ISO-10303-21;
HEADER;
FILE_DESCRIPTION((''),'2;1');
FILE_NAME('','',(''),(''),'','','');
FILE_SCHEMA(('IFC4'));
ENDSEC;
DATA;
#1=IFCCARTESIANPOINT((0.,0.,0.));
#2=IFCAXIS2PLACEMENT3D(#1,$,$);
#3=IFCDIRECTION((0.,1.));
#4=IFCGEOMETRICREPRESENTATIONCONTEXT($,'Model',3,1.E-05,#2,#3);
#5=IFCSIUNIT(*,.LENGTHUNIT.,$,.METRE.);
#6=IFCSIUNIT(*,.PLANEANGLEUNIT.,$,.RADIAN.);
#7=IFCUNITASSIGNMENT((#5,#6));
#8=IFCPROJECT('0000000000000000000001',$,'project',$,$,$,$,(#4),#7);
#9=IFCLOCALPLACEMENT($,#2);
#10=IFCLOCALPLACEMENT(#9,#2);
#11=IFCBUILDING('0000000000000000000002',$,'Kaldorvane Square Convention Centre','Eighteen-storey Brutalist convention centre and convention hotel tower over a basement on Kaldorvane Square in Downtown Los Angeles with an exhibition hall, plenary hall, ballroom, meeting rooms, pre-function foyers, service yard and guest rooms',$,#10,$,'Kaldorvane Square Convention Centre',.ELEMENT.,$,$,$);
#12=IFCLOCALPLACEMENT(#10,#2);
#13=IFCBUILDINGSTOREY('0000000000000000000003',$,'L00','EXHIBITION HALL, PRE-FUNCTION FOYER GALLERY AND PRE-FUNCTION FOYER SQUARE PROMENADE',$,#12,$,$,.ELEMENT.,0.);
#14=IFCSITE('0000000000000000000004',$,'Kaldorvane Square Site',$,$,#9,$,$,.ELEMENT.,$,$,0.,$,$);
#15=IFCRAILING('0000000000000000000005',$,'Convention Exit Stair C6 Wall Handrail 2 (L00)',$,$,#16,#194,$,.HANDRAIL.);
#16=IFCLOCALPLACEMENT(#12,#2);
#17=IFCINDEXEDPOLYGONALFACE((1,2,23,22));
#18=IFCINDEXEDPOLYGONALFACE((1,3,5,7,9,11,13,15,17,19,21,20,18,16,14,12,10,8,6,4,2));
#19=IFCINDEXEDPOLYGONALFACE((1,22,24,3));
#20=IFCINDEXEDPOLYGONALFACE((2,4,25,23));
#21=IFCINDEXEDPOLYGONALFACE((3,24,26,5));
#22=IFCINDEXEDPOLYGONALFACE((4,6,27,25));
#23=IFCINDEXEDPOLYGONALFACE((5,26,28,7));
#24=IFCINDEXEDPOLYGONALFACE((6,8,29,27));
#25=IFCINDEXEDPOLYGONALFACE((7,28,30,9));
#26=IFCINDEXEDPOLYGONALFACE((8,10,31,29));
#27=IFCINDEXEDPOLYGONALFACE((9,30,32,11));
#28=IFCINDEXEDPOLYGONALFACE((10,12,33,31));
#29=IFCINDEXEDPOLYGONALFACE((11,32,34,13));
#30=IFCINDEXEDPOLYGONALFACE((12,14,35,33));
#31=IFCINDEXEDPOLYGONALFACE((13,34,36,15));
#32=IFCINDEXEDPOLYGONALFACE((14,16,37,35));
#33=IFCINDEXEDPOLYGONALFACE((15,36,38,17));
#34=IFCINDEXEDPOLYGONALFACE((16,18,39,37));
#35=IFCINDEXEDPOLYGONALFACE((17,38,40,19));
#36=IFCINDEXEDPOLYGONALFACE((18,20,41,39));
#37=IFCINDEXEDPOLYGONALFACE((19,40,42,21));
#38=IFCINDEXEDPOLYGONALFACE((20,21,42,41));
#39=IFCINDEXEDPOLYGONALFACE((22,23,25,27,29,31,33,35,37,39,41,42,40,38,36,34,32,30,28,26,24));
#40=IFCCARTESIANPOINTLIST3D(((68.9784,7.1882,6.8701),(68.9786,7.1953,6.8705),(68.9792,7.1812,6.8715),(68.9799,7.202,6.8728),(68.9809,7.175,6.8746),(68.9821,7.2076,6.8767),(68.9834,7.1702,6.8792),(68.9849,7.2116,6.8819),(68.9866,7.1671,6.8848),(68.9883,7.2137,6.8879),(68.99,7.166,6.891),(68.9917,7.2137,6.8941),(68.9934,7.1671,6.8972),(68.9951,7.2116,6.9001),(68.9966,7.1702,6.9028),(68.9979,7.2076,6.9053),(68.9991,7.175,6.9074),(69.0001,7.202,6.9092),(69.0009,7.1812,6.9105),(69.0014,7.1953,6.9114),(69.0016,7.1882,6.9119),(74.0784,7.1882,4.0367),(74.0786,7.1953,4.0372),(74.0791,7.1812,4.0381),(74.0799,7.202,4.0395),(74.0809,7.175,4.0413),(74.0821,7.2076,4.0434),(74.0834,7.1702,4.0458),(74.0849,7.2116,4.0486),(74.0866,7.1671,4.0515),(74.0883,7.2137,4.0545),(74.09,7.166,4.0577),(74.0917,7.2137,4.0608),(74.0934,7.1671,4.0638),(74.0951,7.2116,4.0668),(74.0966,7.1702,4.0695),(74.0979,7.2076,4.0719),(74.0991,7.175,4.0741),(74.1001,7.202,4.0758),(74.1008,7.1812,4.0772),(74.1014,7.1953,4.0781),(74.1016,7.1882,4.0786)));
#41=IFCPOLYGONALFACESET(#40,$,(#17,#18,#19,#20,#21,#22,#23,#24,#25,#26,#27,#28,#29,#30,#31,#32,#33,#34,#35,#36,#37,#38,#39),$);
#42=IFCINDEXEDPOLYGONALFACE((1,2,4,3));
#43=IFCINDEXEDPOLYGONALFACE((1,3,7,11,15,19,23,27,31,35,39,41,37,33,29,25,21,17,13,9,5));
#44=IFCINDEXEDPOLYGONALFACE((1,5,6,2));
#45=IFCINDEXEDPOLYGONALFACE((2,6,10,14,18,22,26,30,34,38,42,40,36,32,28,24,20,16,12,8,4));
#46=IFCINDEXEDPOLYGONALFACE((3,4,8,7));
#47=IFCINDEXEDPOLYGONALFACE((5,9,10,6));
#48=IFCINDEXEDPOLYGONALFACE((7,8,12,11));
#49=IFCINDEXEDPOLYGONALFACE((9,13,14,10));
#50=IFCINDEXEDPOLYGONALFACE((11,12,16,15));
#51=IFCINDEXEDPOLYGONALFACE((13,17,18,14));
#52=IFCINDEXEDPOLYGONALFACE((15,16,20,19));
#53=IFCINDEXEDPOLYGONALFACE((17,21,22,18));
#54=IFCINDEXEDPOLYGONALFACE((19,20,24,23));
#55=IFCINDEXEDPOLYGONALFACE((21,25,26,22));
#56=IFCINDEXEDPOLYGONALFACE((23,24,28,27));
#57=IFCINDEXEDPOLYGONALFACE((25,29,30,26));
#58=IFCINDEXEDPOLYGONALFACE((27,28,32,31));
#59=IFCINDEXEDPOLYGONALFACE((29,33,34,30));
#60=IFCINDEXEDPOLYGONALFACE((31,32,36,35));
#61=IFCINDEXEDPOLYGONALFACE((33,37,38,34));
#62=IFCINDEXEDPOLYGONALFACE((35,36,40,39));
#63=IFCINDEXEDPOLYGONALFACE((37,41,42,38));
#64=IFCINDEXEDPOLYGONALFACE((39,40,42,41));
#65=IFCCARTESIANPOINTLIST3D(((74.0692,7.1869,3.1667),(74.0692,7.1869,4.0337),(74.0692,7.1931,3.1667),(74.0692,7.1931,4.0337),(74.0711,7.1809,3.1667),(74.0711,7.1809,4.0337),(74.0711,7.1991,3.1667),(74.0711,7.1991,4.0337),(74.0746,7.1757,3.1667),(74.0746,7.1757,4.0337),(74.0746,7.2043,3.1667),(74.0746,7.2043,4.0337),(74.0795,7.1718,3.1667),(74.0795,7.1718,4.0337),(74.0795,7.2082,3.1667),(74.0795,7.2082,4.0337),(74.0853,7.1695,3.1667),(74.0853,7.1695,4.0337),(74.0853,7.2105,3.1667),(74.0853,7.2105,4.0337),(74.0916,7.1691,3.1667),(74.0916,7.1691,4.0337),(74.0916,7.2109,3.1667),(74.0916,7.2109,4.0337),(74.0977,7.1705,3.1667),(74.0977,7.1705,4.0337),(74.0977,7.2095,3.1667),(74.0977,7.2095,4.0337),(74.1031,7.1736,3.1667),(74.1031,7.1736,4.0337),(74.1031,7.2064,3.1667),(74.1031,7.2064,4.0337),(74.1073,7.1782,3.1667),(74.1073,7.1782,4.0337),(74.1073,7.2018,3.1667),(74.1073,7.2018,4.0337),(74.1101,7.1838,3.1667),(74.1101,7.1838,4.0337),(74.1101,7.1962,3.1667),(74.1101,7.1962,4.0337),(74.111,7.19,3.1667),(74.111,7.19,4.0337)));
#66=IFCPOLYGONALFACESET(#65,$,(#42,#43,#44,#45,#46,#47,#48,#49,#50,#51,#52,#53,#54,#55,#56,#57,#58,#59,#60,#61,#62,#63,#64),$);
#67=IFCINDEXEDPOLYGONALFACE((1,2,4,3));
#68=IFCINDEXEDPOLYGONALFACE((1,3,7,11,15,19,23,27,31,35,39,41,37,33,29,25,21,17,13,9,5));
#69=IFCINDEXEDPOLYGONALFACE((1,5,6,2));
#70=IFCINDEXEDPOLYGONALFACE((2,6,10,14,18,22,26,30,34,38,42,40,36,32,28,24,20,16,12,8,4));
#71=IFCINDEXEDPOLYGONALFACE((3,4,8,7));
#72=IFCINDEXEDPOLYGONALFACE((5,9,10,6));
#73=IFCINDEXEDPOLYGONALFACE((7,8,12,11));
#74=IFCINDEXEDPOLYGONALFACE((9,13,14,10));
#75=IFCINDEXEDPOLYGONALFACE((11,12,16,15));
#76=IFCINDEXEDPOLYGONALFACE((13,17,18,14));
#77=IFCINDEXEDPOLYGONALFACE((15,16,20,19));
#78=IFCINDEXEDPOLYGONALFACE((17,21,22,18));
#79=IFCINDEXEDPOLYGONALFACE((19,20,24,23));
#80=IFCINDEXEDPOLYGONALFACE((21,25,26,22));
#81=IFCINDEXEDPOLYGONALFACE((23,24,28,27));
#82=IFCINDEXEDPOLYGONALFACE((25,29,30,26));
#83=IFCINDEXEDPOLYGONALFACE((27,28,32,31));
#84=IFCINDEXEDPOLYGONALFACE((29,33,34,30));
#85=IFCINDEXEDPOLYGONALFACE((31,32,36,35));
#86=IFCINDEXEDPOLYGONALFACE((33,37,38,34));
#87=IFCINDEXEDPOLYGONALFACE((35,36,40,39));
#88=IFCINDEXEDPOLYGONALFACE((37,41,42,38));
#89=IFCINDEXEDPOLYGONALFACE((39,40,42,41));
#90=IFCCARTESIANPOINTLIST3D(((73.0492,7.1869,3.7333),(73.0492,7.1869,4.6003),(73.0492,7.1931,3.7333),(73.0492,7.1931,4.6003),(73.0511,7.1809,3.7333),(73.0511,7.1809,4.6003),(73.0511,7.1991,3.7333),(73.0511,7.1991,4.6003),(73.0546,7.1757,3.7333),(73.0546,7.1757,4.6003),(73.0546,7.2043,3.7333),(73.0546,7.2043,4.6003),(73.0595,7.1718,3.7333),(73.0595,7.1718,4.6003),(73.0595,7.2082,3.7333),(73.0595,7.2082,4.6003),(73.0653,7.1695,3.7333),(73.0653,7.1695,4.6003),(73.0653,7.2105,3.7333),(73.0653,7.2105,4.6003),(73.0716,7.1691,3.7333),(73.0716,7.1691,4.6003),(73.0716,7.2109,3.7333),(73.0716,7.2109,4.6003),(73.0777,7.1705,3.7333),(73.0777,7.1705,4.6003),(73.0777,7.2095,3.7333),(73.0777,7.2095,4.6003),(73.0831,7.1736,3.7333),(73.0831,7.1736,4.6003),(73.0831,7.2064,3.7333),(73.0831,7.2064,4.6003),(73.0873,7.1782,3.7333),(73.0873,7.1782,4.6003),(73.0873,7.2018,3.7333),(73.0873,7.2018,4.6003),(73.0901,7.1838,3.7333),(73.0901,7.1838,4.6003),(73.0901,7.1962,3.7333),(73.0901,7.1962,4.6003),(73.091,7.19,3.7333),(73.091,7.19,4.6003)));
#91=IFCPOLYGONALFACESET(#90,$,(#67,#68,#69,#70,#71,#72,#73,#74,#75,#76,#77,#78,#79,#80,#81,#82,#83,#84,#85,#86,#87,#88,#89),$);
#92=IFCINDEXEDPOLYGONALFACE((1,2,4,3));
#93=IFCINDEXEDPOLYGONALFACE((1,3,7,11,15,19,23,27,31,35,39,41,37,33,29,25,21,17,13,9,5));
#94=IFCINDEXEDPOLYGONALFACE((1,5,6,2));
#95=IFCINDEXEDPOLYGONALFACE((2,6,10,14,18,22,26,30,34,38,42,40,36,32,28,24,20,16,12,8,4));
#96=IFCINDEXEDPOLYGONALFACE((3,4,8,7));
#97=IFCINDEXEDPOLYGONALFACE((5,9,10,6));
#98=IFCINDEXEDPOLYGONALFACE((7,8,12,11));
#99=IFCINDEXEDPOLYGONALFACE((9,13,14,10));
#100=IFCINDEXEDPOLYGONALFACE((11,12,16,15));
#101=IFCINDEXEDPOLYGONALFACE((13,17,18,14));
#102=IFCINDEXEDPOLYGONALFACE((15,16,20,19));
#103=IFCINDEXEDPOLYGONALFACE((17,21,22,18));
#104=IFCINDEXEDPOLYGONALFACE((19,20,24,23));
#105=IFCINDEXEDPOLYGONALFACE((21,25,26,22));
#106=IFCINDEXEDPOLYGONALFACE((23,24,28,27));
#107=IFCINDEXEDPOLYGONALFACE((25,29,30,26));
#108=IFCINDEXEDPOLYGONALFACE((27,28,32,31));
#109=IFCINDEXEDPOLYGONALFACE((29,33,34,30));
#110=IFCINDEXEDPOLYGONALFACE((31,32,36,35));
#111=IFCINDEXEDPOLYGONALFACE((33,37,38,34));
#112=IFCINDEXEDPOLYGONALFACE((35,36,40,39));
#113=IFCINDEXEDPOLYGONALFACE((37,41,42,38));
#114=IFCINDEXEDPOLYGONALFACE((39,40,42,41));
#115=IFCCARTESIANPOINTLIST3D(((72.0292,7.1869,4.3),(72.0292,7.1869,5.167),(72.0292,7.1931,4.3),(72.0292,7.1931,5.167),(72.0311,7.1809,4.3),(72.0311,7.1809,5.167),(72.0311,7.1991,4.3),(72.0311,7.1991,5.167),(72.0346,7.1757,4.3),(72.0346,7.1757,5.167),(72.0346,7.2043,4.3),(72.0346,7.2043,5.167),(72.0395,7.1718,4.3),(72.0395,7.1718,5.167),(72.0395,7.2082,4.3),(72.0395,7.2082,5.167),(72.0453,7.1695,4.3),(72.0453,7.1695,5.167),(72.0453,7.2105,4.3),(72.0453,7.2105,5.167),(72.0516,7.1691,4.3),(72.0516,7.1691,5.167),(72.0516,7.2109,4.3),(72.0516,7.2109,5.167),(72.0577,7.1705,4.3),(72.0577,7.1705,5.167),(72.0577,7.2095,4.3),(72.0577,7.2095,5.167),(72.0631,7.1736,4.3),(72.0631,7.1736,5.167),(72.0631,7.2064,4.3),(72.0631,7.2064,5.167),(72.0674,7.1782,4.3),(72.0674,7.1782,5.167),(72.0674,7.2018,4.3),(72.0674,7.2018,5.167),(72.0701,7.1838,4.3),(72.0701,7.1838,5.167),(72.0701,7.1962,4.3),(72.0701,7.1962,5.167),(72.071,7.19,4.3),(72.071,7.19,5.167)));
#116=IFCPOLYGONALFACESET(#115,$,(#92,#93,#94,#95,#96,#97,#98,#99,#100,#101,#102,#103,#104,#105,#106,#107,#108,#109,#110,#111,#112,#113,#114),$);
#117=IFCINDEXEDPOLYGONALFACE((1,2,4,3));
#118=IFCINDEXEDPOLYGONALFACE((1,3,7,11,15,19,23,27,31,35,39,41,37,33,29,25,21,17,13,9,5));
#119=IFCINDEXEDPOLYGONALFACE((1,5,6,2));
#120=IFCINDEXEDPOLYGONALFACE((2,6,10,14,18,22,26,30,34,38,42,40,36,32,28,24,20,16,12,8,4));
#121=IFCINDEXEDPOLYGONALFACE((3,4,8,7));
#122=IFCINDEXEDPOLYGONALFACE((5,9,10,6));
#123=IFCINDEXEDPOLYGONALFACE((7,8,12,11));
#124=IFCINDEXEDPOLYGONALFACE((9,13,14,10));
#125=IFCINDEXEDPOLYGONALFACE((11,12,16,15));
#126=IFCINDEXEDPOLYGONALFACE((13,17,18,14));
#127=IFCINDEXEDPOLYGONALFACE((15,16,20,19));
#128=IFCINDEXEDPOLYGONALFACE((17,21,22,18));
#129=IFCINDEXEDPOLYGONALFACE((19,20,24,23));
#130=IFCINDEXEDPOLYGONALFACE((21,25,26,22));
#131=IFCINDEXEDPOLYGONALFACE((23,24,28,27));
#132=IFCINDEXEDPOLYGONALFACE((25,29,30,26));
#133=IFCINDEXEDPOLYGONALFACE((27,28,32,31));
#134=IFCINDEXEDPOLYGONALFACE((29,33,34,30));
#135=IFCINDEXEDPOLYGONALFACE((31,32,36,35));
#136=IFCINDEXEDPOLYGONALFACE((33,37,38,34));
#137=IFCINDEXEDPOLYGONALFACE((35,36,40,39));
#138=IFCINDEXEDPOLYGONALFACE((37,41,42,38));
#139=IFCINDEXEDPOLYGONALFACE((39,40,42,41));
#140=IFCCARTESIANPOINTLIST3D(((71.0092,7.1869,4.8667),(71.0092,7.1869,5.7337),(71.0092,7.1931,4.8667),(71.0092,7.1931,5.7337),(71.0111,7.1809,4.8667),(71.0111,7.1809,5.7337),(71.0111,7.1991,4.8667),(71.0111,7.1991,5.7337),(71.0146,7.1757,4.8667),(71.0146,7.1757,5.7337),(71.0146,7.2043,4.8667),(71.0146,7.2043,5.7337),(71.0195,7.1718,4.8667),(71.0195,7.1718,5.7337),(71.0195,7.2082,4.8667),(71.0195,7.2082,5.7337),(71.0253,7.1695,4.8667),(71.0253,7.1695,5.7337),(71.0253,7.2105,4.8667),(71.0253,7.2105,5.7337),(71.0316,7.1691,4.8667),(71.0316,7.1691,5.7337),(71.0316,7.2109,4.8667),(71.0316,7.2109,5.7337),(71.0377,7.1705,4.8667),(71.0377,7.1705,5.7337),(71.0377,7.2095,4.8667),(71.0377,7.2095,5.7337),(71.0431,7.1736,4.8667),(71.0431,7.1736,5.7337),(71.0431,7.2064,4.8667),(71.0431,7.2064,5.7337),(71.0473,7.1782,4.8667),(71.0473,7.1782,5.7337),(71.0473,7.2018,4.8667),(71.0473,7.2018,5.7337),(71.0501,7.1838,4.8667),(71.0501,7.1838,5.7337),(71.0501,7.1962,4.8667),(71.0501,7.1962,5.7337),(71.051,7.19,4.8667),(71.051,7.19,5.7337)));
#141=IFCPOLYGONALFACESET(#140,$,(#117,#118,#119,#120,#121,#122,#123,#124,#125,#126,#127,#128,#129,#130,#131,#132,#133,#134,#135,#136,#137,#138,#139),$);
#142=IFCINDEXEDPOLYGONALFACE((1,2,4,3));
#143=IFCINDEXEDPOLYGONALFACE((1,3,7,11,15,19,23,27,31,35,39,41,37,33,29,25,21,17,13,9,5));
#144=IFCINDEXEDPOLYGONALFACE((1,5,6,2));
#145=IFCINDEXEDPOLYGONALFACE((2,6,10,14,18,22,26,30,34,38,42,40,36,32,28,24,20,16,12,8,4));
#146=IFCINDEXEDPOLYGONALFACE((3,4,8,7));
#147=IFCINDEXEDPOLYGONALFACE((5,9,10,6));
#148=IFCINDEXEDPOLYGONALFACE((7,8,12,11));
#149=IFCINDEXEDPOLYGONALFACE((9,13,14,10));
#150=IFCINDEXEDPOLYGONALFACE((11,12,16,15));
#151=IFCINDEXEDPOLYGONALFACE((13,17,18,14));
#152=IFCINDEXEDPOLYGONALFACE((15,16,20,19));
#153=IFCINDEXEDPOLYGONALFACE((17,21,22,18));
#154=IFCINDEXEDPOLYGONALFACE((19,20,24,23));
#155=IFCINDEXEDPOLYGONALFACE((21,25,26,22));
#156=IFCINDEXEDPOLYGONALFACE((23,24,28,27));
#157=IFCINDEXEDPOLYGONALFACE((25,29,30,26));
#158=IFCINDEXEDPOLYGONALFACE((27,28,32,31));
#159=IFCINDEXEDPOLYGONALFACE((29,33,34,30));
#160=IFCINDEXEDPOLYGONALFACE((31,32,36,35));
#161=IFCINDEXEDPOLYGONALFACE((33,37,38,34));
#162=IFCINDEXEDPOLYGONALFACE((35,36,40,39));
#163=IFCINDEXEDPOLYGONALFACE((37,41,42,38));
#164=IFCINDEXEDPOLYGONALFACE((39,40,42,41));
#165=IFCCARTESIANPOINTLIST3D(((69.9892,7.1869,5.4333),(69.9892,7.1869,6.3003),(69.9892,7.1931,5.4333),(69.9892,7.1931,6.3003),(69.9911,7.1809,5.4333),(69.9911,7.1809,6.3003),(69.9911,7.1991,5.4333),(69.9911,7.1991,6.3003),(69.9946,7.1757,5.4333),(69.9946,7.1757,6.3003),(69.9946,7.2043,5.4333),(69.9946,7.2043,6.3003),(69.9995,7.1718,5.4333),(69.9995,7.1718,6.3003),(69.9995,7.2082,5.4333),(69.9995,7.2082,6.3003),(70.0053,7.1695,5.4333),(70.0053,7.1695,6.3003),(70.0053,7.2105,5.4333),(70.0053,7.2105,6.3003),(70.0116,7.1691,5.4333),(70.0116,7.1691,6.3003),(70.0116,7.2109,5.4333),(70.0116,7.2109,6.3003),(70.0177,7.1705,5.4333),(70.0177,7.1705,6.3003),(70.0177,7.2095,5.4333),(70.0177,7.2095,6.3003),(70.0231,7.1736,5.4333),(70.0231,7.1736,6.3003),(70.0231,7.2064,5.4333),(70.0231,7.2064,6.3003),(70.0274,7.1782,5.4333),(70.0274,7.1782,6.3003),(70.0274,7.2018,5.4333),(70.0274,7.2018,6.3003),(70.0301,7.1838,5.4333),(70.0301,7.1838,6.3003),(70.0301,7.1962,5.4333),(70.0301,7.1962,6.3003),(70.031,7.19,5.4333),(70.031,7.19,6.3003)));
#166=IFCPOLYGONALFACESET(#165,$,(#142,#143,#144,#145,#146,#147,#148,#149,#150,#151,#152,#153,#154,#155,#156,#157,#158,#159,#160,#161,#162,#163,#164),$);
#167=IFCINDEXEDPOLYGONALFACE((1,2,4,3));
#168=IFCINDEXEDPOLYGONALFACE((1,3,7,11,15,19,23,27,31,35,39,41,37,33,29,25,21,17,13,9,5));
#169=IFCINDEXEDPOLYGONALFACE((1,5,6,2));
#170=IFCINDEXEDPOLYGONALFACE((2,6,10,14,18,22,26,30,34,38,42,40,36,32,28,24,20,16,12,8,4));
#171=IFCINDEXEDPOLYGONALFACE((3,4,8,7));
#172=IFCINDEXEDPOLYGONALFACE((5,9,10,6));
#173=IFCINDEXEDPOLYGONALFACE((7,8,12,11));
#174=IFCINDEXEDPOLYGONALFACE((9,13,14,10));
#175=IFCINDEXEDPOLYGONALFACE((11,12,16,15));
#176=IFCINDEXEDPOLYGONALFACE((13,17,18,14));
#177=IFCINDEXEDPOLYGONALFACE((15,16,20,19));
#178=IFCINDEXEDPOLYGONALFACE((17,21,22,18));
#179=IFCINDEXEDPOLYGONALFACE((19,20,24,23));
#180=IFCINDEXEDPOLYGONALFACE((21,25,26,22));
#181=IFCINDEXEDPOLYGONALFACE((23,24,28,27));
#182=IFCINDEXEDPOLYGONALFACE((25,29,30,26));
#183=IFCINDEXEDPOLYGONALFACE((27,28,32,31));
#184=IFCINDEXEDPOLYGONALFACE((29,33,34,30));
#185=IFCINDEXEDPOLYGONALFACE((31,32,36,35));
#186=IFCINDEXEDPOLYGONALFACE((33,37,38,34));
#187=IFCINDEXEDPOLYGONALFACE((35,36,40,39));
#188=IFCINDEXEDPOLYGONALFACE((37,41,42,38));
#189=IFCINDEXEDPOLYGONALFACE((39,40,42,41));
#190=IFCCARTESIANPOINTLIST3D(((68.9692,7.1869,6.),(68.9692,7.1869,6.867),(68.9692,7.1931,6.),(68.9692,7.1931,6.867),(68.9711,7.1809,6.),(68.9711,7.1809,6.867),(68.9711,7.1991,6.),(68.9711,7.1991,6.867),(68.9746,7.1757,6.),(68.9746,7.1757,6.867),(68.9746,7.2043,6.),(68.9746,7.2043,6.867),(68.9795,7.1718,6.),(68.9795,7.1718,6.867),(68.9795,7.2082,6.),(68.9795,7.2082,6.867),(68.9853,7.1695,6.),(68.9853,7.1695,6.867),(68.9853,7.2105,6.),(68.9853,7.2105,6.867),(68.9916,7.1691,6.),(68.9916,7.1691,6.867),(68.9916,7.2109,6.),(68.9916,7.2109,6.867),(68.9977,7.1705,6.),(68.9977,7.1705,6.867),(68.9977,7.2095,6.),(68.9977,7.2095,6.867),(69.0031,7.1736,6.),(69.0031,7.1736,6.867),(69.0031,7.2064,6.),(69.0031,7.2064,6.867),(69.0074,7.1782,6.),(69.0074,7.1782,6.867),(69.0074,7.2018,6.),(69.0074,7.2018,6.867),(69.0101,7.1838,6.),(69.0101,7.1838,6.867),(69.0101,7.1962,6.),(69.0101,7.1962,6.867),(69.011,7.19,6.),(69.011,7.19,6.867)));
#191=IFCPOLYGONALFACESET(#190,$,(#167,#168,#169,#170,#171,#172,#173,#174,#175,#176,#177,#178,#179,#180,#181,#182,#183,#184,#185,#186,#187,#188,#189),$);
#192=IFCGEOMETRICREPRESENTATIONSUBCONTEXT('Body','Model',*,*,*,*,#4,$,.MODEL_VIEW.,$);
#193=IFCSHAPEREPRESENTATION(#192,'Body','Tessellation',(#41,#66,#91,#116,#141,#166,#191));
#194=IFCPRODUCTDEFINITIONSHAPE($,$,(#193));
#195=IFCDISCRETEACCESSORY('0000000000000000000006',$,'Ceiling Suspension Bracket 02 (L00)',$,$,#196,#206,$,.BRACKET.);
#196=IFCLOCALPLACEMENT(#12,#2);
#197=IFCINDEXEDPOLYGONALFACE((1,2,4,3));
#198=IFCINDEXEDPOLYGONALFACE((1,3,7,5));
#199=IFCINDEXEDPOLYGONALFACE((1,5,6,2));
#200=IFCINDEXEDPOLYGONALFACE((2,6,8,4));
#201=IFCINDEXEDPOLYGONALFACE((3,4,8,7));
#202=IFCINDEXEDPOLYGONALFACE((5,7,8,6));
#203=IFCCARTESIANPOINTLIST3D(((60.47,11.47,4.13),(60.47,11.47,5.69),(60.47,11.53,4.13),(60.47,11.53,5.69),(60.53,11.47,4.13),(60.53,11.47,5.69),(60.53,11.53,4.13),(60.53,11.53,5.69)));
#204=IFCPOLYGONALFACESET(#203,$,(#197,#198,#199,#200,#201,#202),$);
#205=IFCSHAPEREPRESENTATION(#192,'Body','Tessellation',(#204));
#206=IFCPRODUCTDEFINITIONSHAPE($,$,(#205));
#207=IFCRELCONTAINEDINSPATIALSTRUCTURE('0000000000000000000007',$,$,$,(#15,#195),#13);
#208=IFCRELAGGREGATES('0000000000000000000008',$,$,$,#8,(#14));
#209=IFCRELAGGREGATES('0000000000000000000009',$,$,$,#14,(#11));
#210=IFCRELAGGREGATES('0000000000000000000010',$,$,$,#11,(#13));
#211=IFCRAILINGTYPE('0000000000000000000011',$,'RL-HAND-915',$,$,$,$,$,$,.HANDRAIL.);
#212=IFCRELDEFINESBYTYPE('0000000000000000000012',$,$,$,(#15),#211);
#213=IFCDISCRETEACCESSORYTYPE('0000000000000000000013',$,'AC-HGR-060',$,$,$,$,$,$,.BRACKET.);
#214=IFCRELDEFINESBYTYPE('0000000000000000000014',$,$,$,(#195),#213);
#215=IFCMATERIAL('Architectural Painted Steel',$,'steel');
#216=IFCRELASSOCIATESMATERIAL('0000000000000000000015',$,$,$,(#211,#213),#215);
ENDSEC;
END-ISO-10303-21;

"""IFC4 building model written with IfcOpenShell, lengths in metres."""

from ifc_helpers import new_model, si_unit, direction, frame, origin, origin_2d, place, context, subcontext, project, spatial, rectangle, circle, extrude, material, type_object, element, save


model = new_model("IFC4")

# Units and contexts
model_context = context("Model", 3, precision=1e-05, world=origin(), true_north=direction((0.0, 1.0)))
body_context = subcontext(model_context, "Body", "Model", "MODEL_VIEW")
ifc_project = project(units=[si_unit("LENGTHUNIT", "METRE"), si_unit("PLANEANGLEUNIT", "RADIAN")], contexts=[model_context])

# Site, building, storey
site_placement = place(None, origin())
site = spatial("IfcSite", under=ifc_project, at=site_placement, Name="Kaldorvane Square Site", CompositionType="ELEMENT", RefElevation=0.0)
building_placement = place(site_placement, origin())
building = spatial("IfcBuilding", under=site, at=building_placement, Name="Kaldorvane Square Convention Centre", Description="Eighteen-storey Brutalist convention centre and convention hotel tower over a basement on Kaldorvane Square in Downtown Los Angeles with an exhibition hall, plenary hall, ballroom, meeting rooms, pre-function foyers, service yard and guest rooms", LongName="Kaldorvane Square Convention Centre", CompositionType="ELEMENT")
storey_placement = place(building_placement, origin())
storey = spatial("IfcBuildingStorey", under=building, at=storey_placement, Name="L00", Description="EXHIBITION HALL, PRE-FUNCTION FOYER GALLERY AND PRE-FUNCTION FOYER SQUARE PROMENADE", CompositionType="ELEMENT", Elevation=0.0)

# Railing
ifc_material_1 = material(Name="Architectural Painted Steel", Category="steel")
railing_type = type_object("IfcRailingType", Name="RL-HAND-915", PredefinedType="HANDRAIL", material=ifc_material_1)
for number, where, name in (
    (1, (74.09, 7.19, 3.1667), "Convention Exit Stair C6 Wall Handrail 2 (L00)"),
):
    element("IfcRailing", number, at=place(storey_placement, frame(where)), inside=storey, type_object=railing_type, Name=name, PredefinedType="HANDRAIL", context=body_context, shape_type="SweptSolid", body=[
        extrude(circle(Radius=0.024, at=origin_2d()), frame((0.0, 0.0, 0.891), z_axis=(-0.874157, 0.0, 0.485643), x_axis=(0.0, -1.0, 0.0)), (0.0, 0.0, 1.0), 5.8342),
        extrude(circle(Radius=0.021, at=origin_2d()), origin(), (0.0, 0.0, 1.0), 0.867),
        extrude(circle(Radius=0.021, at=origin_2d()), frame((-1.02, 0.0, 0.5667)), (0.0, 0.0, 1.0), 0.867),
        extrude(circle(Radius=0.021, at=origin_2d()), frame((-2.04, 0.0, 1.1333)), (0.0, 0.0, 1.0), 0.867),
        extrude(circle(Radius=0.021, at=origin_2d()), frame((-3.06, 0.0, 1.7)), (0.0, 0.0, 1.0), 0.867),
        extrude(circle(Radius=0.021, at=origin_2d()), frame((-4.08, 0.0, 2.2667)), (0.0, 0.0, 1.0), 0.867),
        extrude(circle(Radius=0.021, at=origin_2d()), frame((-5.1, 0.0, 2.8333)), (0.0, 0.0, 1.0), 0.867),
    ])

# Discrete accessory
discrete_accessory_type = type_object("IfcDiscreteAccessoryType", Name="AC-HGR-060", PredefinedType="BRACKET", material=ifc_material_1)
discrete_accessory_placement = place(storey_placement, frame((60.5, 11.5, 4.13), z_axis=(0.0, 0.0, 1.0), x_axis=(1.0, 0.0, 0.0)))
element("IfcDiscreteAccessory", 2, at=discrete_accessory_placement, inside=storey, type_object=discrete_accessory_type, Name="Ceiling Suspension Bracket 02 (L00)", PredefinedType="BRACKET", context=body_context, shape_type="SweptSolid", body=[
    extrude(rectangle(XDim=0.06, YDim=0.06, at=origin_2d()), origin(), (0.0, 0.0, 1.0), 1.56),
])

save(model, "model.ifc")
